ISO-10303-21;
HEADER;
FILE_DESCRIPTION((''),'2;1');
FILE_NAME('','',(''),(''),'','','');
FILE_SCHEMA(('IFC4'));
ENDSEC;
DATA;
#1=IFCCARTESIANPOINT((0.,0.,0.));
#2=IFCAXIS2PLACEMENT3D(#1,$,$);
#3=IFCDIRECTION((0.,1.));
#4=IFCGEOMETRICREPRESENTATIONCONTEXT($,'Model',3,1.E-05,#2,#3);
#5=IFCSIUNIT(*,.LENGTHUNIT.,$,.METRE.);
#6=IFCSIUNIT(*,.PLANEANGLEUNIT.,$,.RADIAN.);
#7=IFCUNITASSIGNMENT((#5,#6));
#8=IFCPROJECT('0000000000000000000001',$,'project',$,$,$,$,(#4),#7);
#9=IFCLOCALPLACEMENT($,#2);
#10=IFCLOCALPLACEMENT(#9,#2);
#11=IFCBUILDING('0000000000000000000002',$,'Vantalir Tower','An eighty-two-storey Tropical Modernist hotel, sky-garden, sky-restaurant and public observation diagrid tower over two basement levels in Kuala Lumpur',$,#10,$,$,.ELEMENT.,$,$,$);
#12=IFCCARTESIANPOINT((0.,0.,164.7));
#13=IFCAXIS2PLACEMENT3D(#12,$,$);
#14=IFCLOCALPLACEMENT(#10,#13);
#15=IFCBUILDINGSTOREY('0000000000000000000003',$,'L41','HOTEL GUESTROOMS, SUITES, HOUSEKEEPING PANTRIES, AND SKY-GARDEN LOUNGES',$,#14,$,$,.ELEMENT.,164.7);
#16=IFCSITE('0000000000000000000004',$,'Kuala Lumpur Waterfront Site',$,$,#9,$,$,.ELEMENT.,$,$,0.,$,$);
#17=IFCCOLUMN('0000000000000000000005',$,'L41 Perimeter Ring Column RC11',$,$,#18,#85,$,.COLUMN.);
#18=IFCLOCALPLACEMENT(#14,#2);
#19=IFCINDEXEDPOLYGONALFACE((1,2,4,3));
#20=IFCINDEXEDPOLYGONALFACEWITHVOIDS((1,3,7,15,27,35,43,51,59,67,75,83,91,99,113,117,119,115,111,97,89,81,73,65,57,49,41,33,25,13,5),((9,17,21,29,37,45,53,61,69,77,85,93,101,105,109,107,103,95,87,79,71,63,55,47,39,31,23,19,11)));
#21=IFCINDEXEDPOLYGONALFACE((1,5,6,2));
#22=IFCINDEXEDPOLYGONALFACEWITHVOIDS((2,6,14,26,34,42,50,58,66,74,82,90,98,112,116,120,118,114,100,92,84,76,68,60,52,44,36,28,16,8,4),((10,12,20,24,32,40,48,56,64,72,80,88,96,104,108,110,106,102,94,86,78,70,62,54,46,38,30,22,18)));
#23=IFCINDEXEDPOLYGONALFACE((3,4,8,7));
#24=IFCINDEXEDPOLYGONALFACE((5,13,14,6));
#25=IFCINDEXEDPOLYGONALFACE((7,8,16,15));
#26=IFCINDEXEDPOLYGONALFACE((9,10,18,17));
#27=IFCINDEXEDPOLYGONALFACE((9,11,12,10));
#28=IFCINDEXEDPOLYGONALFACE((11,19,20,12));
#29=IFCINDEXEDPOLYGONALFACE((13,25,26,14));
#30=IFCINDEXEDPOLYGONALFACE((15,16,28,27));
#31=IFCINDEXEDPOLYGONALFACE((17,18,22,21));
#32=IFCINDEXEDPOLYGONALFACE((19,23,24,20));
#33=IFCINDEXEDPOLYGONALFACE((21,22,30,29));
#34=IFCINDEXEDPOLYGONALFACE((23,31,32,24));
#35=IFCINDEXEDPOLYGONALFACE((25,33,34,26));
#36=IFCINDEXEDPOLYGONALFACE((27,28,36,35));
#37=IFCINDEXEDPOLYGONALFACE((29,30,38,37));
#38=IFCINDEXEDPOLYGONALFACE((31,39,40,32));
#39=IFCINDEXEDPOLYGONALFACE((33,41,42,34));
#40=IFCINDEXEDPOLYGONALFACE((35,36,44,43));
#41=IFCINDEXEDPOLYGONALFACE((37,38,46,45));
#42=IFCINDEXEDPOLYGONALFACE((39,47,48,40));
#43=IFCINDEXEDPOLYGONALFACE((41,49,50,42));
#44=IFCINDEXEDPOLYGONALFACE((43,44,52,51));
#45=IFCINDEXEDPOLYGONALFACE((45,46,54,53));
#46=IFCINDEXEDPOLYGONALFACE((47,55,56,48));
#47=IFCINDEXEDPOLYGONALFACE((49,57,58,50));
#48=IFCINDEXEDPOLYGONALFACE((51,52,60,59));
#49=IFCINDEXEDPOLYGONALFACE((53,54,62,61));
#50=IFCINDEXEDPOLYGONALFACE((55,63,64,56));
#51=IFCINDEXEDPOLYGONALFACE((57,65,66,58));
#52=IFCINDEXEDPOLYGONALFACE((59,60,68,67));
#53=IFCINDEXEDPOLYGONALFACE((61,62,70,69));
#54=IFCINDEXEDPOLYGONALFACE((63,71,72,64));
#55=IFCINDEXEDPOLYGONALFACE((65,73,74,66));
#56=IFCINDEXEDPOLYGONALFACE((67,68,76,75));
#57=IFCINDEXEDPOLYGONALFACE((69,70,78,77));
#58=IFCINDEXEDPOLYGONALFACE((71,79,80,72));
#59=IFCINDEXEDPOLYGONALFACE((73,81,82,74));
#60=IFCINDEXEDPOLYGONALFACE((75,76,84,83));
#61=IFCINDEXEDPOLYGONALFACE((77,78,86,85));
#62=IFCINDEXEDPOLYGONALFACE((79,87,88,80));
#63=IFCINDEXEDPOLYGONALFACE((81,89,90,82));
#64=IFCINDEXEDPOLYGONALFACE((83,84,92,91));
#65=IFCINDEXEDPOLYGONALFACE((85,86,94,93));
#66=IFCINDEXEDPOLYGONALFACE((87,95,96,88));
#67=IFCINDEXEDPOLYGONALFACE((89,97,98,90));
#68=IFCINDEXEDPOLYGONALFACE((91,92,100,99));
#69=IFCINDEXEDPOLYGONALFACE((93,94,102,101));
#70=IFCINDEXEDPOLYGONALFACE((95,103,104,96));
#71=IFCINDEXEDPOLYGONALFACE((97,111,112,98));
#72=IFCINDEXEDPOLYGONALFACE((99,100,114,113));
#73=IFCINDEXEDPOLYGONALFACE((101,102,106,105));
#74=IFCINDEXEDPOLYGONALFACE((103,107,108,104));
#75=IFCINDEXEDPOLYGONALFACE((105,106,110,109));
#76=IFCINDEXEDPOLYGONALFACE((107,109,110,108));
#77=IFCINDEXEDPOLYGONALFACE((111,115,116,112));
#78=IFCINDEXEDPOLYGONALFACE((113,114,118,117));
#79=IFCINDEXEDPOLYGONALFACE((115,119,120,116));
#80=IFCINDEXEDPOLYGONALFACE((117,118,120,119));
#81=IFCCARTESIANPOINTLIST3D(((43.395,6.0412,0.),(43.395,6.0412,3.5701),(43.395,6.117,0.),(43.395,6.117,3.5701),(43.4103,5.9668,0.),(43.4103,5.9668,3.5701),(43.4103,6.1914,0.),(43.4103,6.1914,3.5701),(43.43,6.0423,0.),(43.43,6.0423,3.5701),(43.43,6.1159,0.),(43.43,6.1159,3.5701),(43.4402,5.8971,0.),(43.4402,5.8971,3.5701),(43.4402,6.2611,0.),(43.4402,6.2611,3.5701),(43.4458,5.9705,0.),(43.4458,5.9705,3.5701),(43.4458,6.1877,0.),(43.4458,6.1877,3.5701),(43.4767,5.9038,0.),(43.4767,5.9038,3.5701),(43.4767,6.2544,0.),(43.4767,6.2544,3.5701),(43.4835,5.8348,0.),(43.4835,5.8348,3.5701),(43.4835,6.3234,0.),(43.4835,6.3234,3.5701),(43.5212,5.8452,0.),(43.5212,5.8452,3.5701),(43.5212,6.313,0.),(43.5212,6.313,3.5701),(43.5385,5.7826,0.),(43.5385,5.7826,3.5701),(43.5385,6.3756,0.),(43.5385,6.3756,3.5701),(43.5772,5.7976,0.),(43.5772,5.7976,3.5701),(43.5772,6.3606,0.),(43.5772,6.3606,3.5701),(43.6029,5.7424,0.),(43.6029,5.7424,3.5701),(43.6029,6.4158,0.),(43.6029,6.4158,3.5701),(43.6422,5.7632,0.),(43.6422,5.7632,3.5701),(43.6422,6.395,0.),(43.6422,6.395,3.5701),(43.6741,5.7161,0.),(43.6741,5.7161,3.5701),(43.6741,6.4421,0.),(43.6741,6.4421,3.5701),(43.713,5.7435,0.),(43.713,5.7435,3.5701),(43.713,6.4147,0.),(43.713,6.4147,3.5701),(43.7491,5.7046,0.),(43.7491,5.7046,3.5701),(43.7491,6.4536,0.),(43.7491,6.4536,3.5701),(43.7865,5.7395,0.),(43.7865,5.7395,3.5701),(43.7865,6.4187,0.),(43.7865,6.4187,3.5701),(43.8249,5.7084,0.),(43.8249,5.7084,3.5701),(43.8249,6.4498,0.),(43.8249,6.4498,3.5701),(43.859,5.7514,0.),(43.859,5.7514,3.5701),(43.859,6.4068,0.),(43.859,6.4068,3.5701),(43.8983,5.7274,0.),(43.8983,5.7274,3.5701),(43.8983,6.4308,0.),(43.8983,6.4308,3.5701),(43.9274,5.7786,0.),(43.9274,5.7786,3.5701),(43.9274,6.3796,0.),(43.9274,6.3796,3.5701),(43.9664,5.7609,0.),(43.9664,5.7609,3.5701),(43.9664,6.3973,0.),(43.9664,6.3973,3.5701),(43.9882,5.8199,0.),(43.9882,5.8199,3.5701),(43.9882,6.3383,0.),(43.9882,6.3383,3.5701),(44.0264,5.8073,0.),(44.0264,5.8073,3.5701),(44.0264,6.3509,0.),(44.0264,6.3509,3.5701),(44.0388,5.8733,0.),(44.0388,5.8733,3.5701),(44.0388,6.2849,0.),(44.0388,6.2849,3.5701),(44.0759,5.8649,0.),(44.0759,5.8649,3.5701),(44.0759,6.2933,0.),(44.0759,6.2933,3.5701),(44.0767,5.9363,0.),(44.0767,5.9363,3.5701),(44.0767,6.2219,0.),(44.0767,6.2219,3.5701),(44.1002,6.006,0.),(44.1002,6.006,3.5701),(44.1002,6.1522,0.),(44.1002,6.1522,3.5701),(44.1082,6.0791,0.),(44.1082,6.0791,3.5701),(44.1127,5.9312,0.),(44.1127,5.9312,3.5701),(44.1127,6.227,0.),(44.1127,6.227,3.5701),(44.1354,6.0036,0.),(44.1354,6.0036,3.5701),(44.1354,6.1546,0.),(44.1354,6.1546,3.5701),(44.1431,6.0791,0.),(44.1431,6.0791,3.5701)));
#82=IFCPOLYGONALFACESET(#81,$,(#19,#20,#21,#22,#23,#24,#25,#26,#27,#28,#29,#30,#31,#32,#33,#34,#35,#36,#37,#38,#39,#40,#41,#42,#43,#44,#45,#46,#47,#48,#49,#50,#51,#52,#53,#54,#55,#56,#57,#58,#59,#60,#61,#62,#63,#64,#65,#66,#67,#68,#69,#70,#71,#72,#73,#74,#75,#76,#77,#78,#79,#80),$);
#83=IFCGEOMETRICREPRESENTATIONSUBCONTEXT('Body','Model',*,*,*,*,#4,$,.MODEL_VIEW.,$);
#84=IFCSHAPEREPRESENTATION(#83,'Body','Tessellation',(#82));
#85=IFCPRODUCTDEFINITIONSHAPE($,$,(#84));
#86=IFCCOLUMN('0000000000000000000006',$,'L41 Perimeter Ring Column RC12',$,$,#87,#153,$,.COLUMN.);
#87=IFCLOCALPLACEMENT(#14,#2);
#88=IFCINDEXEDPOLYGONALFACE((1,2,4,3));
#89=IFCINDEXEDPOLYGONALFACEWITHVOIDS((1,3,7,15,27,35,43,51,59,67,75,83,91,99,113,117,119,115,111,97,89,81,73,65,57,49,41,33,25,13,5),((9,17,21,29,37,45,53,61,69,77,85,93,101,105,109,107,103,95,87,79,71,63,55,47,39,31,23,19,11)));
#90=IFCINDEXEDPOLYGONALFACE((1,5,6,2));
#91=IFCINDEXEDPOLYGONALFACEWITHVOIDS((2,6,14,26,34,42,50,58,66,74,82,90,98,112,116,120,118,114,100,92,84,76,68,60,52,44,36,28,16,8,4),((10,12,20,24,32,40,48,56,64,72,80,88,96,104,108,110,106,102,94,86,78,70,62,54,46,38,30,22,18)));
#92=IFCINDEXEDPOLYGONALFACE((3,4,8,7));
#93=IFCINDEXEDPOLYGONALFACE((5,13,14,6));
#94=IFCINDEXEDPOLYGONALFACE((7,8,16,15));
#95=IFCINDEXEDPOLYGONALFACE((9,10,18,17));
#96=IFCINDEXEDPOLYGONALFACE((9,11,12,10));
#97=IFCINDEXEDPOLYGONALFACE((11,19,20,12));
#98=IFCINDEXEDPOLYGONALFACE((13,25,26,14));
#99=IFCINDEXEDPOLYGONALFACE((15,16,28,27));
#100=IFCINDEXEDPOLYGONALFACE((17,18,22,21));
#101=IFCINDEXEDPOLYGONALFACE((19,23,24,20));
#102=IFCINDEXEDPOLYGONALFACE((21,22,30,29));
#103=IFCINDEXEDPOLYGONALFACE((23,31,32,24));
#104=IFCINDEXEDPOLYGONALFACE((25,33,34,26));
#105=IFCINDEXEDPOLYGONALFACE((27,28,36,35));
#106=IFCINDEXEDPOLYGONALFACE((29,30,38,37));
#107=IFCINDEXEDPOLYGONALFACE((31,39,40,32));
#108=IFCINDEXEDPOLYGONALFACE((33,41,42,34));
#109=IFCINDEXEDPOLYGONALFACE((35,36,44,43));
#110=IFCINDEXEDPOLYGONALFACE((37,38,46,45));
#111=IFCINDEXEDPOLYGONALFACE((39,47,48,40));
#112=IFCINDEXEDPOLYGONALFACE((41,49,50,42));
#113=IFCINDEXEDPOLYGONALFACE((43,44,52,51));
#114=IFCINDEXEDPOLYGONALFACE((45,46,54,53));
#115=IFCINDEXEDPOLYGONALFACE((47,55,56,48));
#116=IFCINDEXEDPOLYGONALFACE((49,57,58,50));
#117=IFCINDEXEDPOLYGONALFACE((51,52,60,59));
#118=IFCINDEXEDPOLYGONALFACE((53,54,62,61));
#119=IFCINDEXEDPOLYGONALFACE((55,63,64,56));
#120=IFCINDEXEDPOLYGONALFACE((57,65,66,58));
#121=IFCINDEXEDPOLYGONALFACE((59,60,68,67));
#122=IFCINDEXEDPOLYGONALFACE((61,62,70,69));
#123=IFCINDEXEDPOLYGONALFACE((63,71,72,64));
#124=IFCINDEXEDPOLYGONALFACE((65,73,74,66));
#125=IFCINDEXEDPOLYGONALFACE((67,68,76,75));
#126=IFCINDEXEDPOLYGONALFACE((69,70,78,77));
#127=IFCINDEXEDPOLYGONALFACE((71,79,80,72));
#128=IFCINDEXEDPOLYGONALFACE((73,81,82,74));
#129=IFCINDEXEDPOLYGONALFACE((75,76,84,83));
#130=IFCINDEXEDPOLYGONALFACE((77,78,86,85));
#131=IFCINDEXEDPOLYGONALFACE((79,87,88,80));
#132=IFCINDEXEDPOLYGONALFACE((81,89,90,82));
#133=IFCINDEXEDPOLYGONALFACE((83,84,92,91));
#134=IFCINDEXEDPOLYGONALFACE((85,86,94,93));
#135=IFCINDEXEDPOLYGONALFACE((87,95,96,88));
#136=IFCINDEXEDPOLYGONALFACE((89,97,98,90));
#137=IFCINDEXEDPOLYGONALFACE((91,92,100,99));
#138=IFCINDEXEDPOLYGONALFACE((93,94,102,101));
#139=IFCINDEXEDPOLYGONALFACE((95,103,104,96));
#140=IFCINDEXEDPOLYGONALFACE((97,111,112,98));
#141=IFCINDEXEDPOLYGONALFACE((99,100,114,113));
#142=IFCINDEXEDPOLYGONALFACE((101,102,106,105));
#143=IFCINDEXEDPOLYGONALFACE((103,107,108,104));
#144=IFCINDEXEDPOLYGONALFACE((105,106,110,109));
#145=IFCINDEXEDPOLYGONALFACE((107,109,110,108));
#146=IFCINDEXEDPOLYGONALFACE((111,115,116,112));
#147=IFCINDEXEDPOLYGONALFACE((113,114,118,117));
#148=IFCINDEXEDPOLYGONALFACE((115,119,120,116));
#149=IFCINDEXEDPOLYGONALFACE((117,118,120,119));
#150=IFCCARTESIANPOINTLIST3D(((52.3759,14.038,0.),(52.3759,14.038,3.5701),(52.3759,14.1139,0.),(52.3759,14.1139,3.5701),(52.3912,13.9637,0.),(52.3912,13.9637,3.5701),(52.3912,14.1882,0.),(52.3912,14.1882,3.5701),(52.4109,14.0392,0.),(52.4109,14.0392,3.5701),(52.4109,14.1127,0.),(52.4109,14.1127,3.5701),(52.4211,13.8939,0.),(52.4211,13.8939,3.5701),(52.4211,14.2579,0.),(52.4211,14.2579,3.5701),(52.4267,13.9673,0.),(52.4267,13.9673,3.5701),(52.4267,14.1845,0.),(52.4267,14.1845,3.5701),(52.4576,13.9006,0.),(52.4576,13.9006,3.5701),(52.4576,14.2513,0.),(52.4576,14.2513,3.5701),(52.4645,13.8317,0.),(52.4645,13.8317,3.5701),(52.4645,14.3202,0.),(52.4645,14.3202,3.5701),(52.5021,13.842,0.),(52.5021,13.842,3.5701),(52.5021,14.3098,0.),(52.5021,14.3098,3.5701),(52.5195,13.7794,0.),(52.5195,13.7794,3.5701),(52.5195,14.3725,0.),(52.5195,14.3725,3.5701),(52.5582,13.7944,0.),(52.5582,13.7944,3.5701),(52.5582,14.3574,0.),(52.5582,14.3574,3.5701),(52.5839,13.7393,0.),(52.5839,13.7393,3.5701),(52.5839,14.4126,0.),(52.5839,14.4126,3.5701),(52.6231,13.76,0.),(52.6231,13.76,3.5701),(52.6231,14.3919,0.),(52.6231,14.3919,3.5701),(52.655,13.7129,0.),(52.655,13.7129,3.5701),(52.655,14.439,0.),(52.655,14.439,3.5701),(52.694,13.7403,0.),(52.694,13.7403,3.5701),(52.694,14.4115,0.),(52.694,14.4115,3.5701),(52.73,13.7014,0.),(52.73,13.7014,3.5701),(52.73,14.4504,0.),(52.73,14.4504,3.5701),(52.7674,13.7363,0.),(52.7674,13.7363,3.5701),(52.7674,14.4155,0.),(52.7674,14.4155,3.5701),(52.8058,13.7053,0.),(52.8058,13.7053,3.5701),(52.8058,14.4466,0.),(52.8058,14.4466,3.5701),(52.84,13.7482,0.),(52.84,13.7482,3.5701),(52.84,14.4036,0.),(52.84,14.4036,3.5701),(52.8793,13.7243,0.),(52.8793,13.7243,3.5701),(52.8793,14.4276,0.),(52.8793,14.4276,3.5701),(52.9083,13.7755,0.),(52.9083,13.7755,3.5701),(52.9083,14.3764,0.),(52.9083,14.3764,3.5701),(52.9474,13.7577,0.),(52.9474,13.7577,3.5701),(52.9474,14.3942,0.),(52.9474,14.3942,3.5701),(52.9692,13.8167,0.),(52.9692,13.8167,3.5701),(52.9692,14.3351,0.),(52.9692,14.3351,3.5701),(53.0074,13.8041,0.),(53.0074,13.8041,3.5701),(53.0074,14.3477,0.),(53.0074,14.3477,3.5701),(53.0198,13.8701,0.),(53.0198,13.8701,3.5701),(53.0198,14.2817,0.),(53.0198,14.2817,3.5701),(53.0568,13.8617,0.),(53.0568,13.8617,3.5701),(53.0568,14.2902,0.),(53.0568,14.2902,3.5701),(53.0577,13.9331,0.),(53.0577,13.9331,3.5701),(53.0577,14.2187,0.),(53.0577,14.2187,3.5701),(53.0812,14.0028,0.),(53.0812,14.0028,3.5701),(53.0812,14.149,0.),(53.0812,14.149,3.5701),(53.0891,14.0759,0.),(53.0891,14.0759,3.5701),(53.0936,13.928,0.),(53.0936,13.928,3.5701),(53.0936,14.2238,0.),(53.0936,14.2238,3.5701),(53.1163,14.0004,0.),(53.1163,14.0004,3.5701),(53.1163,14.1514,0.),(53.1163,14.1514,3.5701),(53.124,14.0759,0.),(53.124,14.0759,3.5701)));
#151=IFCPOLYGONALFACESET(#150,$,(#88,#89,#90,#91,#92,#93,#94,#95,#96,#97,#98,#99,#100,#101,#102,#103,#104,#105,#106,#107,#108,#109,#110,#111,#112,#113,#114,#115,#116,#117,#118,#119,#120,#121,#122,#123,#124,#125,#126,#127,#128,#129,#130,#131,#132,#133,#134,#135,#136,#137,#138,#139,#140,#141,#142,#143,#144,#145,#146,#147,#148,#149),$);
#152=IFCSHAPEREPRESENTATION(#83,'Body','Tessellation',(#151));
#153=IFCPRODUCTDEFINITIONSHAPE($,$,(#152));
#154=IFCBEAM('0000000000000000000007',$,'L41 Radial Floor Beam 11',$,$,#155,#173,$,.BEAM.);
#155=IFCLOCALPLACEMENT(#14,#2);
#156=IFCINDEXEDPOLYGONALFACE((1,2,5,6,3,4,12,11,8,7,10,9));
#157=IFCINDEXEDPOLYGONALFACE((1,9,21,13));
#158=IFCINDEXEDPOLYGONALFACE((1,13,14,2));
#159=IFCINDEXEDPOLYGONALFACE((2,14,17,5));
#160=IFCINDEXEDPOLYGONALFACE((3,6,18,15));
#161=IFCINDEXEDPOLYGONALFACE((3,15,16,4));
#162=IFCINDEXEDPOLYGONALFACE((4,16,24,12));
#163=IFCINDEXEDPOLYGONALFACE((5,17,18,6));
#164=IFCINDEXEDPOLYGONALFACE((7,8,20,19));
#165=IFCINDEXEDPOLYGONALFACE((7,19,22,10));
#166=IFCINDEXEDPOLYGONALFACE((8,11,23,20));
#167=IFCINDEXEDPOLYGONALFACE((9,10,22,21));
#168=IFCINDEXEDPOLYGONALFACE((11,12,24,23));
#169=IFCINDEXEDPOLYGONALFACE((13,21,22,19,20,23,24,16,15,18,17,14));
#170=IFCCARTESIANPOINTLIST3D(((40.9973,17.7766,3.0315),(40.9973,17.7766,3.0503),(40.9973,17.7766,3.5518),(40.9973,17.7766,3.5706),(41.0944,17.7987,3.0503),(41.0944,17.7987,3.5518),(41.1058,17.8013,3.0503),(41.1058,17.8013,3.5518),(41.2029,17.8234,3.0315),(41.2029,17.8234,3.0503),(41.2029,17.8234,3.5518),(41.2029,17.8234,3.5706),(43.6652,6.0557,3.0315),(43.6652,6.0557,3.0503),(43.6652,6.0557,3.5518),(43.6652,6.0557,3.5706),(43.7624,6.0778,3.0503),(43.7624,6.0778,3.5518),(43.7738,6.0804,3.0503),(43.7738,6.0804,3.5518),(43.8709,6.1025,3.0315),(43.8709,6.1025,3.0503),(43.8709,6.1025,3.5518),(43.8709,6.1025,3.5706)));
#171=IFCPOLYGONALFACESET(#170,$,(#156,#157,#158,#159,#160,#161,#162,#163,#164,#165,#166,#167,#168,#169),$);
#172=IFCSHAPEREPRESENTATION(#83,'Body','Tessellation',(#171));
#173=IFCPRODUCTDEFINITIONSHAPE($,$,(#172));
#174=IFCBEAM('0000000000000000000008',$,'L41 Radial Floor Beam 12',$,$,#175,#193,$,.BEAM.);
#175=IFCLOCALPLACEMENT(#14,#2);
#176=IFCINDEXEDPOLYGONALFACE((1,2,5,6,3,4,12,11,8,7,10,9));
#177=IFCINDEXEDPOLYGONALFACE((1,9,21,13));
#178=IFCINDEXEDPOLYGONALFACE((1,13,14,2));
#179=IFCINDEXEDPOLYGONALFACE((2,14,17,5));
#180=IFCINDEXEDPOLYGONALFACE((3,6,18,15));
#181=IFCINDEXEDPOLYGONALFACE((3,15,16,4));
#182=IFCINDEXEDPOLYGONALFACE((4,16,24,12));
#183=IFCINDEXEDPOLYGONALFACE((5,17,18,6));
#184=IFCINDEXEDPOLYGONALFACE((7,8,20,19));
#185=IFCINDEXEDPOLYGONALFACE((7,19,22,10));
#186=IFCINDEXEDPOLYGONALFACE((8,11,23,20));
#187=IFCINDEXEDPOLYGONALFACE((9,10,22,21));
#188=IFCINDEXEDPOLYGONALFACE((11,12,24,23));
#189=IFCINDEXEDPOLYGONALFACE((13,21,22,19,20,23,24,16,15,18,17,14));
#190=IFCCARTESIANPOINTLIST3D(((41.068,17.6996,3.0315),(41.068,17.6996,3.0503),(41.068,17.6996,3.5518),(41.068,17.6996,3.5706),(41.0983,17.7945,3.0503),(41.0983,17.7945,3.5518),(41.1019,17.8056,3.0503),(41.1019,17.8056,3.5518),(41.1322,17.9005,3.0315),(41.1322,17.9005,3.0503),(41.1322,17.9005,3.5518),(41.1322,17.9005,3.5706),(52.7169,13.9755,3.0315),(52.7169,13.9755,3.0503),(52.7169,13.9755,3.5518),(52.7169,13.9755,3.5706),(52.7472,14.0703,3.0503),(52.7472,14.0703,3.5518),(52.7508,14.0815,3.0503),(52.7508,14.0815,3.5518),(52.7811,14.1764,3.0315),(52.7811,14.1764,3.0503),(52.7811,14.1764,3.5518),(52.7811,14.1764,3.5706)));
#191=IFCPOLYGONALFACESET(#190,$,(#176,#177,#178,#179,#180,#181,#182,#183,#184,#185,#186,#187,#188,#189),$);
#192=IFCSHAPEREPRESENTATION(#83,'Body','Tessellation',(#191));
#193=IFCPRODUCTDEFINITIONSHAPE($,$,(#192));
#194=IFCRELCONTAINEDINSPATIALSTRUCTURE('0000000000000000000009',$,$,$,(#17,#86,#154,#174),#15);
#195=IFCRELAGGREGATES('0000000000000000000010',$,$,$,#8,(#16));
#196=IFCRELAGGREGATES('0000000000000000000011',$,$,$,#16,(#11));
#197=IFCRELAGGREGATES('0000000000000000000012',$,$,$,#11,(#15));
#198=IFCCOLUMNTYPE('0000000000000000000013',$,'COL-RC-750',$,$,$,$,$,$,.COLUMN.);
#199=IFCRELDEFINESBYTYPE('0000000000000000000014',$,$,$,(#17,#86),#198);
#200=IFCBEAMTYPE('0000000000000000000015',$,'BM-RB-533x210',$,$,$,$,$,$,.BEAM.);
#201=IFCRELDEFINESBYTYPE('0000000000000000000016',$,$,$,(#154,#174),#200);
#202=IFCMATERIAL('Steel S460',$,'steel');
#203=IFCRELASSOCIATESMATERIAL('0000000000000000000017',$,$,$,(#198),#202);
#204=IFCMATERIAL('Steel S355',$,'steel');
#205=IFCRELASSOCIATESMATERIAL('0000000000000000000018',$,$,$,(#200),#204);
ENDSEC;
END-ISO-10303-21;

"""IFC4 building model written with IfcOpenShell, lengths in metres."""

from ifc_helpers import new_model, si_unit, direction, frame, origin, origin_2d, place, context, subcontext, project, spatial, hollow_circle, i_section, extrude, material, material_profile, profile_set, type_object, element, save


model = new_model("IFC4")

# Units and contexts
model_context = context("Model", 3, precision=1e-05, world=origin(), true_north=direction((0.0, 1.0)))
body_context = subcontext(model_context, "Body", "Model", "MODEL_VIEW")
ifc_project = project(units=[si_unit("LENGTHUNIT", "METRE"), si_unit("PLANEANGLEUNIT", "RADIAN")], contexts=[model_context])

# Site, building, storey
site_placement = place(None, origin())
site = spatial("IfcSite", under=ifc_project, at=site_placement, Name="Kuala Lumpur Waterfront Site", CompositionType="ELEMENT", RefElevation=0.0)
building_placement = place(site_placement, origin())
building = spatial("IfcBuilding", under=site, at=building_placement, Name="Vantalir Tower", Description="An eighty-two-storey Tropical Modernist hotel, sky-garden, sky-restaurant and public observation diagrid tower over two basement levels in Kuala Lumpur", CompositionType="ELEMENT")
storey_placement = place(building_placement, frame((0.0, 0.0, 164.7)))
storey = spatial("IfcBuildingStorey", under=building, at=storey_placement, Name="L41", Description="HOTEL GUESTROOMS, SUITES, HOUSEKEEPING PANTRIES, AND SKY-GARDEN LOUNGES", CompositionType="ELEMENT", Elevation=164.7)

# Columns
ifc_material_1 = material(Name="Steel S460", Category="steel")
ifc_material_profile_1 = material_profile(ifc_material_1, hollow_circle(Radius=0.375, WallThickness=0.0349, at=origin_2d()), Name="Steel S460")
ifc_profile_set_1 = profile_set([ifc_material_profile_1], Name="Steel S460")
column_type = type_object("IfcColumnType", Name="COL-RC-750", PredefinedType="COLUMN", material=ifc_profile_set_1)
for number, where, z_axis, x_axis, name in (
    (1, (43.7681, 6.0791, 0.0), (0.0, 0.0, 1.0), (1.0, 0.0, 0.0), "L41 Perimeter Ring Column RC11"),
    (2, (52.749, 14.0759, 0.0), (0.0, 0.0, 1.0), (1.0, 0.0, 0.0), "L41 Perimeter Ring Column RC12"),
):
    element("IfcColumn", number, at=place(storey_placement, frame(where, z_axis=z_axis, x_axis=x_axis)), inside=storey, type_object=column_type, Name=name, PredefinedType="COLUMN", context=body_context, shape_type="SweptSolid", body=[
        extrude(hollow_circle(Radius=0.375, WallThickness=0.0349, at=origin_2d()), origin(), (0.0, 0.0, 1.0), 3.5701),
    ])

# Beams
ifc_material_2 = material(Name="Steel S355", Category="steel")
ifc_material_profile_2 = material_profile(ifc_material_2, i_section(OverallWidth=0.2109, OverallDepth=0.5391, WebThickness=0.0117, FlangeThickness=0.0188, at=origin_2d()), Name="Steel S355")
ifc_profile_set_2 = profile_set([ifc_material_profile_2], Name="Steel S355")
beam_type_1 = type_object("IfcBeamType", Name="BM-RB-533x210", PredefinedType="BEAM", material=ifc_profile_set_2)
beam_1_placement = place(storey_placement, frame((43.7681, 6.0791, 3.301), z_axis=(-0.221947, 0.975059, 0.0), x_axis=(-0.975059, -0.221947, 0.0)))
element("IfcBeam", 3, at=beam_1_placement, inside=storey, type_object=beam_type_1, Name="L41 Radial Floor Beam 11", PredefinedType="BEAM", context=body_context, shape_type="SweptSolid", body=[
    extrude(i_section(OverallWidth=0.2109, OverallDepth=0.5391, WebThickness=0.0117, FlangeThickness=0.0188, at=origin_2d()), origin(), (0.0, 0.0, 1.0), 12.0208),
])
beam_2_placement = place(storey_placement, frame((52.749, 14.0759, 3.301), z_axis=(-0.952508, 0.304514, 0.0), x_axis=(-0.304514, -0.952508, 0.0)))
element("IfcBeam", 4, at=beam_2_placement, inside=storey, type_object=beam_type_1, Name="L41 Radial Floor Beam 12", PredefinedType="BEAM", context=body_context, shape_type="SweptSolid", body=[
    extrude(i_section(OverallWidth=0.2109, OverallDepth=0.5391, WebThickness=0.0117, FlangeThickness=0.0188, at=origin_2d()), origin(), (0.0, 0.0, 1.0), 12.2297),
])

save(model, "model.ifc")
